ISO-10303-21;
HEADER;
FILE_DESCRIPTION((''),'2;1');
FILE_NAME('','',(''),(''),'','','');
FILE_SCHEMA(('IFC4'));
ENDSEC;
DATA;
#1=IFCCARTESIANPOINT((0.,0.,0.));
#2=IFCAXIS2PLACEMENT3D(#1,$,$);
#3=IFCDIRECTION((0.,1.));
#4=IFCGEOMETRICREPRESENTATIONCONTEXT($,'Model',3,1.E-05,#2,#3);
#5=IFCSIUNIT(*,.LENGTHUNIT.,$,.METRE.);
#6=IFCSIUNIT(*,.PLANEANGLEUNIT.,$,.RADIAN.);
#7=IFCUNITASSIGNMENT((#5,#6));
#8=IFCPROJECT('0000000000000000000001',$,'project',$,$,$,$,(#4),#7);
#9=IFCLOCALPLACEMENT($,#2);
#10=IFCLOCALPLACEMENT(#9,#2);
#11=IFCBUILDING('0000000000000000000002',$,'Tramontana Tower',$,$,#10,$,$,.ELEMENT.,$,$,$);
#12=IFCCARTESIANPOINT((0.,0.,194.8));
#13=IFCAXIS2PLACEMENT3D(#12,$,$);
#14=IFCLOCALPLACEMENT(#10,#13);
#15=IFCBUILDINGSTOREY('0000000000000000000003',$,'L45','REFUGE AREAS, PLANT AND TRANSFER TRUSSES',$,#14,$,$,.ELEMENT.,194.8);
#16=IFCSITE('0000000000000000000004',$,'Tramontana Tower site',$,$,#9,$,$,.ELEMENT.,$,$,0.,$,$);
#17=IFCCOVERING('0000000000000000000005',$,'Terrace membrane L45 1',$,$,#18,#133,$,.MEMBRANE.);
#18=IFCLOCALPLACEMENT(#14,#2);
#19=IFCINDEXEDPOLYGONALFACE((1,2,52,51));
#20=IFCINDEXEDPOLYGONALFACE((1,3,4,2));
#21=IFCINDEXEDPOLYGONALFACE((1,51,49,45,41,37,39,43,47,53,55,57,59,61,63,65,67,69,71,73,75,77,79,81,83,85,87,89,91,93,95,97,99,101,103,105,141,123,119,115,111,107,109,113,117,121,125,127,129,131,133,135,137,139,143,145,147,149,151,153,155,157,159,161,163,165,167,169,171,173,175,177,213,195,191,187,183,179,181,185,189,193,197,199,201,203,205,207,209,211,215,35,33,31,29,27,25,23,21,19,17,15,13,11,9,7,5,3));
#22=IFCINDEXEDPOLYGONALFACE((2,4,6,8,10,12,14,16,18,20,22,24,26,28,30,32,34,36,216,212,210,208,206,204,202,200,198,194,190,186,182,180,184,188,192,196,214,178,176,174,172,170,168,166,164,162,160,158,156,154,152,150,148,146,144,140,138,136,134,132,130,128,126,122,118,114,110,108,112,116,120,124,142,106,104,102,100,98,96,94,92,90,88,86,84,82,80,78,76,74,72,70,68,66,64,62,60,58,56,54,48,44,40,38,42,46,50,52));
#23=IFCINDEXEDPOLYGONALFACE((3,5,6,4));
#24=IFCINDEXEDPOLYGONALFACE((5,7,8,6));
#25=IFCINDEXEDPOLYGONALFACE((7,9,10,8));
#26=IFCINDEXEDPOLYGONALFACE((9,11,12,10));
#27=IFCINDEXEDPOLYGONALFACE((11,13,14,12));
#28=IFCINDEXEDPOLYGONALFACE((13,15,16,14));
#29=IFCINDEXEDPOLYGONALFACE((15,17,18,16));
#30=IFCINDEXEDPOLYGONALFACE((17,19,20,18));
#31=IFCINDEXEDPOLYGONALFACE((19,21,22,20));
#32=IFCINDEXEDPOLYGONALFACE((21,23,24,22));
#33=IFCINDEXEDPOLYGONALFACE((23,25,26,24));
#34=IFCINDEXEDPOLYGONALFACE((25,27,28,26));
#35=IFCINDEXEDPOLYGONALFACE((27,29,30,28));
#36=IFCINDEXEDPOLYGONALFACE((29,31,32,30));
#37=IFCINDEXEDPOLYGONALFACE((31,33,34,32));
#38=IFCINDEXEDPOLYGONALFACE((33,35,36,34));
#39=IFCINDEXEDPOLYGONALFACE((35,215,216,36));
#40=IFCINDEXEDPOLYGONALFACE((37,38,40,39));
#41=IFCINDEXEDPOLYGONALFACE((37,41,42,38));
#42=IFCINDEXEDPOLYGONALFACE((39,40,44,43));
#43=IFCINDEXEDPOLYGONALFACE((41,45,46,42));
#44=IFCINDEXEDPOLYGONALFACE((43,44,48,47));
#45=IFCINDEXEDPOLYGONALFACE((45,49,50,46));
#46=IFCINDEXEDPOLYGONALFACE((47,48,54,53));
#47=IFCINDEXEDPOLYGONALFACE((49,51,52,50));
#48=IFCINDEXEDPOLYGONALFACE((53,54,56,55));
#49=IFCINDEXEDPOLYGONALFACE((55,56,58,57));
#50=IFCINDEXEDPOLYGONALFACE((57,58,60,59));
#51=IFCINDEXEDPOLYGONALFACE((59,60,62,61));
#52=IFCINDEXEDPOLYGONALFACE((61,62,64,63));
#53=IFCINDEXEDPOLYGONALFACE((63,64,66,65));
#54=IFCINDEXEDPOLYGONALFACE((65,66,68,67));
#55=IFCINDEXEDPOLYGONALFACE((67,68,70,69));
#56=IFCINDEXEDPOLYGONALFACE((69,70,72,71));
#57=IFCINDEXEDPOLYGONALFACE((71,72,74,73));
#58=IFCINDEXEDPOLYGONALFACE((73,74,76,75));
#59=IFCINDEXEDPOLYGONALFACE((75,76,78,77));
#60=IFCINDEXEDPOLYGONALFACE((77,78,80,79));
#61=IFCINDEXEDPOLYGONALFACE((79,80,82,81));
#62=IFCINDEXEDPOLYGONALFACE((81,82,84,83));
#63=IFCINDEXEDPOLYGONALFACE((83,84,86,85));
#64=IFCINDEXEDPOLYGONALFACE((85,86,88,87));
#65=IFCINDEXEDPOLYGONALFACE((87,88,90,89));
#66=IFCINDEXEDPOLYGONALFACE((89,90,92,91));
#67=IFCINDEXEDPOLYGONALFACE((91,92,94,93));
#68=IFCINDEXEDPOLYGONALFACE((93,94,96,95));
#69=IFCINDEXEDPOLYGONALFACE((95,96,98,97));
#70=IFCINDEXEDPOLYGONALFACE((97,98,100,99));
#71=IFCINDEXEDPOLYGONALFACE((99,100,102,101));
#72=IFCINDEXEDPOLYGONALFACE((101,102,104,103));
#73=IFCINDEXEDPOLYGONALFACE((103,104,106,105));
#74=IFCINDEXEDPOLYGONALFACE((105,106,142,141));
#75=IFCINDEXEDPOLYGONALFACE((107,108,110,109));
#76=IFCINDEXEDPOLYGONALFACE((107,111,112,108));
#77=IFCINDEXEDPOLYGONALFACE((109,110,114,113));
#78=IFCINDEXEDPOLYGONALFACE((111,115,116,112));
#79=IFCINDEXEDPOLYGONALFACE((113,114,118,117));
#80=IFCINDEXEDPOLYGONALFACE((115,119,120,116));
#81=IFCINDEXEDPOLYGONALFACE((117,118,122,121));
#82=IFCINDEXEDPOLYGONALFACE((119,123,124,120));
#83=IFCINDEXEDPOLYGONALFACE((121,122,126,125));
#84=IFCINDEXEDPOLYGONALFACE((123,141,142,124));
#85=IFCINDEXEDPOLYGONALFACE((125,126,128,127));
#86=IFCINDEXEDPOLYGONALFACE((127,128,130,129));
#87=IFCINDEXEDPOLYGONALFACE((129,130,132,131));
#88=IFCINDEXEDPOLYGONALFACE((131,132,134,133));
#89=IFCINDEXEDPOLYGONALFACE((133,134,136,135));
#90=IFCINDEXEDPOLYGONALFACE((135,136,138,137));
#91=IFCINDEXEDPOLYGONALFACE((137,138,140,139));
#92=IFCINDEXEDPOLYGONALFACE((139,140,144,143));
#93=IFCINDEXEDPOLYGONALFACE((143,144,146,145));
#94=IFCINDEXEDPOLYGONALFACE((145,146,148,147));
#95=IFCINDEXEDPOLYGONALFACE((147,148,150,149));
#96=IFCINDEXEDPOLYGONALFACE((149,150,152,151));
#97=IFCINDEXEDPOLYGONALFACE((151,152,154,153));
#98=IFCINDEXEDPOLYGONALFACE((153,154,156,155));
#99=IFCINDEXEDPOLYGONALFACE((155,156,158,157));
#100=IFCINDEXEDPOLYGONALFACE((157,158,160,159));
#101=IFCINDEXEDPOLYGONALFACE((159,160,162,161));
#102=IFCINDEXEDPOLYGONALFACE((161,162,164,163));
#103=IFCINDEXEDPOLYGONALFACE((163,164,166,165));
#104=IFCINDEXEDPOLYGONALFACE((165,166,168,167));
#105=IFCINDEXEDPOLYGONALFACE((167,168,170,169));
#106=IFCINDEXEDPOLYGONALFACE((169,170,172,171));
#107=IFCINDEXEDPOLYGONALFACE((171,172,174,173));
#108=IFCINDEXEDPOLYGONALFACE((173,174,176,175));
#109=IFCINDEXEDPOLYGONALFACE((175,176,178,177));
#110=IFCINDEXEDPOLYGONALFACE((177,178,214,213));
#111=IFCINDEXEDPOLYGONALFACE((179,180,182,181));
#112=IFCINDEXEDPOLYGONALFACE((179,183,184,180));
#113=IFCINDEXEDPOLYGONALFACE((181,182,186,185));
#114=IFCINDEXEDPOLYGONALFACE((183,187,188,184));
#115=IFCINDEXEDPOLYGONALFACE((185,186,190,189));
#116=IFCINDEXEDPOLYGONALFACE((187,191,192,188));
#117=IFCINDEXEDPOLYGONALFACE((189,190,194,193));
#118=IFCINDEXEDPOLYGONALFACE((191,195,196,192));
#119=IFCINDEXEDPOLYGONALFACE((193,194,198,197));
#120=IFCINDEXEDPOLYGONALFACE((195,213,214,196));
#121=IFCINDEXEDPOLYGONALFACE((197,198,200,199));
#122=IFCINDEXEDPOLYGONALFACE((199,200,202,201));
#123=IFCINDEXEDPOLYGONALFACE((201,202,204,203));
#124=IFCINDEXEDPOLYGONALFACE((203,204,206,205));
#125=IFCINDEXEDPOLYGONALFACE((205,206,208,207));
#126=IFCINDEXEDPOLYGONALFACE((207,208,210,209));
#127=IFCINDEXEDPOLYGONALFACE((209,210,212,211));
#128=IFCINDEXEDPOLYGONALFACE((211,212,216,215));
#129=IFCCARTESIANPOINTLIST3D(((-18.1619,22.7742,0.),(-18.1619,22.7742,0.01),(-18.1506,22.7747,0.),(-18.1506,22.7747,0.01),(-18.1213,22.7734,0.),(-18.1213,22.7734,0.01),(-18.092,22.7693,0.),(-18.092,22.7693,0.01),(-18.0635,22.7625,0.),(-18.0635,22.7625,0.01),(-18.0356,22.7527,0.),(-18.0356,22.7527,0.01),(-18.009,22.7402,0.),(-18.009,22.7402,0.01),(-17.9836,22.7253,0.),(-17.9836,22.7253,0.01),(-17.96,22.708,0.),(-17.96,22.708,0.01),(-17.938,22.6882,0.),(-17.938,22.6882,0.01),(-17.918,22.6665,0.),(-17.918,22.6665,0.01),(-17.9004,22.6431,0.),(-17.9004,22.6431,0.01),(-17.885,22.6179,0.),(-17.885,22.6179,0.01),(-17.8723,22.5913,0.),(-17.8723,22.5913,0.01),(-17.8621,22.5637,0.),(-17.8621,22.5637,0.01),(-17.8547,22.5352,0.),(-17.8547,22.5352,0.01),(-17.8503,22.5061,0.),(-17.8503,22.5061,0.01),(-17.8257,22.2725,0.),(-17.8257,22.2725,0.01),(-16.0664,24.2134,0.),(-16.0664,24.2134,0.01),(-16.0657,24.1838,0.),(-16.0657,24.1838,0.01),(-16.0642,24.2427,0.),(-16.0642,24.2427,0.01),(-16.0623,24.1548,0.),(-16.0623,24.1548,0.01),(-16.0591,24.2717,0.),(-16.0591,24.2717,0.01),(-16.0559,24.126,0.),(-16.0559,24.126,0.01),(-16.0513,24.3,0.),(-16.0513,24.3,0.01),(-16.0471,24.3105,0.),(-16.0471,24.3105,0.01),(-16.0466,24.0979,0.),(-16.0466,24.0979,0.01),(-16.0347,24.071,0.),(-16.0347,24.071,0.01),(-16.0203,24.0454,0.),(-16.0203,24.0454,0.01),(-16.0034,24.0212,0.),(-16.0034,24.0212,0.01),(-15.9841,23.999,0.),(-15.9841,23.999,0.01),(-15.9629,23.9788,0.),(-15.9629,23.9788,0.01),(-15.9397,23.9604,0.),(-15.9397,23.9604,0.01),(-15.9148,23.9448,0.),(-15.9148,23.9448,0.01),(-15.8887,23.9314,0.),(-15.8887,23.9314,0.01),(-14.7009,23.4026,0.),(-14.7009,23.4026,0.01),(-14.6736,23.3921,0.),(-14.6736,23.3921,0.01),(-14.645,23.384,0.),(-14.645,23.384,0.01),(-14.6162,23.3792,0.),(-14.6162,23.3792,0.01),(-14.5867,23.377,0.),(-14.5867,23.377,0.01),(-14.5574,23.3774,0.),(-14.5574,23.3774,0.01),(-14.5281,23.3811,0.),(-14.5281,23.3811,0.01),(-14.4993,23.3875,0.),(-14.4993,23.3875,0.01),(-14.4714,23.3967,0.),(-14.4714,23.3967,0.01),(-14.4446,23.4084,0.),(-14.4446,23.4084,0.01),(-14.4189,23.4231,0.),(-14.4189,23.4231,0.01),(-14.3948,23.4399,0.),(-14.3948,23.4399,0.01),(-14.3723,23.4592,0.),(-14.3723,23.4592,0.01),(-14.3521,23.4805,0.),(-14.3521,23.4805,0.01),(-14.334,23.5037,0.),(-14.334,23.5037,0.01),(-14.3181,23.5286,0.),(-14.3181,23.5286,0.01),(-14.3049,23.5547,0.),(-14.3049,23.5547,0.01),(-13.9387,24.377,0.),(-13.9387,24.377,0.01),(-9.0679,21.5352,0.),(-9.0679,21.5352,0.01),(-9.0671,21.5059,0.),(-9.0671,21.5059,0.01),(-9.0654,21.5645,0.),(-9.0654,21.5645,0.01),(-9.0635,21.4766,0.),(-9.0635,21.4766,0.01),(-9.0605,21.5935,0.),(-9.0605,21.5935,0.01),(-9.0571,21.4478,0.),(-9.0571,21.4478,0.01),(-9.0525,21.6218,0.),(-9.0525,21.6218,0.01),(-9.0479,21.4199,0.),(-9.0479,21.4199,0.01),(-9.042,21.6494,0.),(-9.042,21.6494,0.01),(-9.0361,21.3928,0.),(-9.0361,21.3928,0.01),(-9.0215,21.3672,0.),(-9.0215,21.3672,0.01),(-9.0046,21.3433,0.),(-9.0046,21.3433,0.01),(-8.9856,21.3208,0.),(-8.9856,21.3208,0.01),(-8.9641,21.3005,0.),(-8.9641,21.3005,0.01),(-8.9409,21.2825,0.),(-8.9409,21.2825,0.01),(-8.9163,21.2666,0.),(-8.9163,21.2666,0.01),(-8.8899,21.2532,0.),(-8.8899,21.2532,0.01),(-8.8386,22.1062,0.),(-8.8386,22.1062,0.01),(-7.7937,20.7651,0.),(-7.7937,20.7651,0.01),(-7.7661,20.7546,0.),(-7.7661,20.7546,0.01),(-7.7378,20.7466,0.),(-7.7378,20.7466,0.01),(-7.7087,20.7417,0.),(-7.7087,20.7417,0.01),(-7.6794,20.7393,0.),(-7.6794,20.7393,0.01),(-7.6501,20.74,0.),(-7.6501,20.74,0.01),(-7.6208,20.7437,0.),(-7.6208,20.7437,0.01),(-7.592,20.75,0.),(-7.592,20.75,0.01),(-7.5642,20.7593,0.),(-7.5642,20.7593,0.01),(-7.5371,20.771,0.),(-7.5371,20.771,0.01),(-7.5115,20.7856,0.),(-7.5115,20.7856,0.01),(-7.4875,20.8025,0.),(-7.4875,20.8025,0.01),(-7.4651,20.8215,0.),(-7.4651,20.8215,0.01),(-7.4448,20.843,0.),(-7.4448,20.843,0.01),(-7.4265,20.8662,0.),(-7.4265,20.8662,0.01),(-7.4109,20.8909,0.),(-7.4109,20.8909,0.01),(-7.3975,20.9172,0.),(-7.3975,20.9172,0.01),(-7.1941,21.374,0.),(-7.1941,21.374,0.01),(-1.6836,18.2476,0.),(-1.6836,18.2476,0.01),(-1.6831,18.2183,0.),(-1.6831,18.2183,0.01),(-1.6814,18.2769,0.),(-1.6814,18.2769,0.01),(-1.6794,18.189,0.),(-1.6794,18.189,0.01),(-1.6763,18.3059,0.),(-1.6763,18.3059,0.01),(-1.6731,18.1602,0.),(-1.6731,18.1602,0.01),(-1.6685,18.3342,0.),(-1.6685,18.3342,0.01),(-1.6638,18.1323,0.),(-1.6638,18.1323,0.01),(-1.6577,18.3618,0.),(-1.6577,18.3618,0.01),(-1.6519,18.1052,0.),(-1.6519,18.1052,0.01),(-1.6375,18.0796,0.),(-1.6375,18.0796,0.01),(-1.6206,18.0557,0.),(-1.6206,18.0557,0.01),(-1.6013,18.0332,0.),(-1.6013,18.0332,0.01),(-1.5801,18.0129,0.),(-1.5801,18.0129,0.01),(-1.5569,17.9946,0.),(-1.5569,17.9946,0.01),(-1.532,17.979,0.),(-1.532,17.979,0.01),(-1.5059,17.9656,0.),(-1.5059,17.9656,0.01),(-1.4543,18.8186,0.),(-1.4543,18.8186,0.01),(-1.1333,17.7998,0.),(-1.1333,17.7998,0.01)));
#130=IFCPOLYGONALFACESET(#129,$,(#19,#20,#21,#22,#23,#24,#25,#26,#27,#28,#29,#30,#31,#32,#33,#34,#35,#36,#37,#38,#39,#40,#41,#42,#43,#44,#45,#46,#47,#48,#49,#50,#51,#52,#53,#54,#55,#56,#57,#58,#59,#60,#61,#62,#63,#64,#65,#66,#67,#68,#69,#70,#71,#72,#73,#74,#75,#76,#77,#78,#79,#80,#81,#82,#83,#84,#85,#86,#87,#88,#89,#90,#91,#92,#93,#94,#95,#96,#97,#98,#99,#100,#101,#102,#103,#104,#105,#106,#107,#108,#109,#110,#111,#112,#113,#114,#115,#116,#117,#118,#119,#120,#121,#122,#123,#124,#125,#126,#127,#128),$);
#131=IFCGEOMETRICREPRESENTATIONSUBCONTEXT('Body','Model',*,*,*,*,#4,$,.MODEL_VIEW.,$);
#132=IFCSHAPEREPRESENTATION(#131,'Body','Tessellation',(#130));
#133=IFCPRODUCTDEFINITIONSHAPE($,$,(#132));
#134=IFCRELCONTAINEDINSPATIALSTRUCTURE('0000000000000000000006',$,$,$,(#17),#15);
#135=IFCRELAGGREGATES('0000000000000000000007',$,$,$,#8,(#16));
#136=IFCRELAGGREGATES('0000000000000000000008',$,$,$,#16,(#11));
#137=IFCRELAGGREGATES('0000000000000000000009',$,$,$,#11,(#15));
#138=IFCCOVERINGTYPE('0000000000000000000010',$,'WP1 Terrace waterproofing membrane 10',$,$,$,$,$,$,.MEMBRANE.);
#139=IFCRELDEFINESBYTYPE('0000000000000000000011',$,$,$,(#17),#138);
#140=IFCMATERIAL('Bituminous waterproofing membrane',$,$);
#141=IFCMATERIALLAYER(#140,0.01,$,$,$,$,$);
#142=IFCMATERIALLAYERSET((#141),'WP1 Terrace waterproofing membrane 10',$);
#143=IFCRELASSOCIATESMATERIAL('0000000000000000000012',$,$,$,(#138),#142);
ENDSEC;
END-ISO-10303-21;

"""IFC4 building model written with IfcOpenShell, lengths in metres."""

from ifc_helpers import new_model, si_unit, direction, frame, origin, place, context, subcontext, project, spatial, polyline, outline, extrude, material, layer, layer_set, type_object, element, save


model = new_model("IFC4")

# Units and contexts
model_context = context("Model", 3, precision=1e-05, world=origin(), true_north=direction((0.0, 1.0)))
body_context = subcontext(model_context, "Body", "Model", "MODEL_VIEW")
ifc_project = project(units=[si_unit("LENGTHUNIT", "METRE"), si_unit("PLANEANGLEUNIT", "RADIAN")], contexts=[model_context])

# Site, building, storey
site_placement = place(None, origin())
site = spatial("IfcSite", under=ifc_project, at=site_placement, Name="Tramontana Tower site", CompositionType="ELEMENT", RefElevation=0.0)
building_placement = place(site_placement, origin())
building = spatial("IfcBuilding", under=site, at=building_placement, Name="Tramontana Tower", CompositionType="ELEMENT")
storey_placement = place(building_placement, frame((0.0, 0.0, 194.8)))
storey = spatial("IfcBuildingStorey", under=building, at=storey_placement, Name="L45", Description="REFUGE AREAS, PLANT AND TRANSFER TRUSSES", CompositionType="ELEMENT", Elevation=194.8)

# Covering
ifc_material_1 = material(Name="Bituminous waterproofing membrane")
ifc_layer_1 = layer(ifc_material_1, 0.01)
ifc_layer_set_1 = layer_set([ifc_layer_1], Name="WP1 Terrace waterproofing membrane 10")
covering_type_1 = type_object("IfcCoveringType", Name="WP1 Terrace waterproofing membrane 10", PredefinedType="MEMBRANE", material=ifc_layer_set_1)
covering_1_placement = place(storey_placement, origin())
element("IfcCovering", 1, at=covering_1_placement, inside=storey, type_object=covering_type_1, Name="Terrace membrane L45 1", PredefinedType="MEMBRANE", context=body_context, shape_type="SweptSolid", body=[
    extrude(outline(polyline([(-16.0471, 24.3105), (-16.0513, 24.3), (-16.0591, 24.2717), (-16.0642, 24.2427), (-16.0664, 24.2134), (-16.0657, 24.1838), (-16.0623, 24.1548), (-16.0559, 24.126), (-16.0466, 24.0979), (-16.0347, 24.071), (-16.0203, 24.0454), (-16.0034, 24.0212), (-15.9841, 23.999), (-15.9629, 23.9788), (-15.9397, 23.9604), (-15.9148, 23.9448), (-15.8887, 23.9314), (-14.7009, 23.4026), (-14.6736, 23.3921), (-14.645, 23.384), (-14.6162, 23.3792), (-14.5867, 23.377), (-14.5574, 23.3774), (-14.5281, 23.3811), (-14.4993, 23.3875), (-14.4714, 23.3967), (-14.4446, 23.4084), (-14.4189, 23.4231), (-14.3948, 23.4399), (-14.3723, 23.4592), (-14.3521, 23.4805), (-14.334, 23.5037), (-14.3181, 23.5286), (-14.3049, 23.5547), (-13.9387, 24.377), (-8.8386, 22.1062), (-9.042, 21.6494), (-9.0525, 21.6218), (-9.0605, 21.5935), (-9.0654, 21.5645), (-9.0679, 21.5352), (-9.0671, 21.5059), (-9.0635, 21.4766), (-9.0571, 21.4478), (-9.0479, 21.4199), (-9.0361, 21.3928), (-9.0215, 21.3672), (-9.0046, 21.3433), (-8.9856, 21.3208), (-8.9641, 21.3005), (-8.9409, 21.2825), (-8.9163, 21.2666), (-8.8899, 21.2532), (-7.7937, 20.7651), (-7.7661, 20.7546), (-7.7378, 20.7466), (-7.7087, 20.7417), (-7.6794, 20.7393), (-7.6501, 20.74), (-7.6208, 20.7437), (-7.592, 20.75), (-7.5642, 20.7593), (-7.5371, 20.771), (-7.5115, 20.7856), (-7.4875, 20.8025), (-7.4651, 20.8215), (-7.4448, 20.843), (-7.4265, 20.8662), (-7.4109, 20.8909), (-7.3975, 20.9172), (-7.1941, 21.374), (-1.4543, 18.8186), (-1.6577, 18.3618), (-1.6685, 18.3342), (-1.6763, 18.3059), (-1.6814, 18.2769), (-1.6836, 18.2476), (-1.6831, 18.2183), (-1.6794, 18.189), (-1.6731, 18.1602), (-1.6638, 18.1323), (-1.6519, 18.1052), (-1.6375, 18.0796), (-1.6206, 18.0557), (-1.6013, 18.0332), (-1.5801, 18.0129), (-1.5569, 17.9946), (-1.532, 17.979), (-1.5059, 17.9656), (-1.1333, 17.7998), (-17.8257, 22.2725), (-17.8503, 22.5061), (-17.8547, 22.5352), (-17.8621, 22.5637), (-17.8723, 22.5913), (-17.885, 22.6179), (-17.9004, 22.6431), (-17.918, 22.6665), (-17.938, 22.6882), (-17.96, 22.708), (-17.9836, 22.7253), (-18.009, 22.7402), (-18.0356, 22.7527), (-18.0635, 22.7625), (-18.092, 22.7693), (-18.1213, 22.7734), (-18.1506, 22.7747), (-18.1619, 22.7742), (-16.0471, 24.3105)])), origin(), (0.0, 0.0, 1.0), 0.01),
])

save(model, "model.ifc")
